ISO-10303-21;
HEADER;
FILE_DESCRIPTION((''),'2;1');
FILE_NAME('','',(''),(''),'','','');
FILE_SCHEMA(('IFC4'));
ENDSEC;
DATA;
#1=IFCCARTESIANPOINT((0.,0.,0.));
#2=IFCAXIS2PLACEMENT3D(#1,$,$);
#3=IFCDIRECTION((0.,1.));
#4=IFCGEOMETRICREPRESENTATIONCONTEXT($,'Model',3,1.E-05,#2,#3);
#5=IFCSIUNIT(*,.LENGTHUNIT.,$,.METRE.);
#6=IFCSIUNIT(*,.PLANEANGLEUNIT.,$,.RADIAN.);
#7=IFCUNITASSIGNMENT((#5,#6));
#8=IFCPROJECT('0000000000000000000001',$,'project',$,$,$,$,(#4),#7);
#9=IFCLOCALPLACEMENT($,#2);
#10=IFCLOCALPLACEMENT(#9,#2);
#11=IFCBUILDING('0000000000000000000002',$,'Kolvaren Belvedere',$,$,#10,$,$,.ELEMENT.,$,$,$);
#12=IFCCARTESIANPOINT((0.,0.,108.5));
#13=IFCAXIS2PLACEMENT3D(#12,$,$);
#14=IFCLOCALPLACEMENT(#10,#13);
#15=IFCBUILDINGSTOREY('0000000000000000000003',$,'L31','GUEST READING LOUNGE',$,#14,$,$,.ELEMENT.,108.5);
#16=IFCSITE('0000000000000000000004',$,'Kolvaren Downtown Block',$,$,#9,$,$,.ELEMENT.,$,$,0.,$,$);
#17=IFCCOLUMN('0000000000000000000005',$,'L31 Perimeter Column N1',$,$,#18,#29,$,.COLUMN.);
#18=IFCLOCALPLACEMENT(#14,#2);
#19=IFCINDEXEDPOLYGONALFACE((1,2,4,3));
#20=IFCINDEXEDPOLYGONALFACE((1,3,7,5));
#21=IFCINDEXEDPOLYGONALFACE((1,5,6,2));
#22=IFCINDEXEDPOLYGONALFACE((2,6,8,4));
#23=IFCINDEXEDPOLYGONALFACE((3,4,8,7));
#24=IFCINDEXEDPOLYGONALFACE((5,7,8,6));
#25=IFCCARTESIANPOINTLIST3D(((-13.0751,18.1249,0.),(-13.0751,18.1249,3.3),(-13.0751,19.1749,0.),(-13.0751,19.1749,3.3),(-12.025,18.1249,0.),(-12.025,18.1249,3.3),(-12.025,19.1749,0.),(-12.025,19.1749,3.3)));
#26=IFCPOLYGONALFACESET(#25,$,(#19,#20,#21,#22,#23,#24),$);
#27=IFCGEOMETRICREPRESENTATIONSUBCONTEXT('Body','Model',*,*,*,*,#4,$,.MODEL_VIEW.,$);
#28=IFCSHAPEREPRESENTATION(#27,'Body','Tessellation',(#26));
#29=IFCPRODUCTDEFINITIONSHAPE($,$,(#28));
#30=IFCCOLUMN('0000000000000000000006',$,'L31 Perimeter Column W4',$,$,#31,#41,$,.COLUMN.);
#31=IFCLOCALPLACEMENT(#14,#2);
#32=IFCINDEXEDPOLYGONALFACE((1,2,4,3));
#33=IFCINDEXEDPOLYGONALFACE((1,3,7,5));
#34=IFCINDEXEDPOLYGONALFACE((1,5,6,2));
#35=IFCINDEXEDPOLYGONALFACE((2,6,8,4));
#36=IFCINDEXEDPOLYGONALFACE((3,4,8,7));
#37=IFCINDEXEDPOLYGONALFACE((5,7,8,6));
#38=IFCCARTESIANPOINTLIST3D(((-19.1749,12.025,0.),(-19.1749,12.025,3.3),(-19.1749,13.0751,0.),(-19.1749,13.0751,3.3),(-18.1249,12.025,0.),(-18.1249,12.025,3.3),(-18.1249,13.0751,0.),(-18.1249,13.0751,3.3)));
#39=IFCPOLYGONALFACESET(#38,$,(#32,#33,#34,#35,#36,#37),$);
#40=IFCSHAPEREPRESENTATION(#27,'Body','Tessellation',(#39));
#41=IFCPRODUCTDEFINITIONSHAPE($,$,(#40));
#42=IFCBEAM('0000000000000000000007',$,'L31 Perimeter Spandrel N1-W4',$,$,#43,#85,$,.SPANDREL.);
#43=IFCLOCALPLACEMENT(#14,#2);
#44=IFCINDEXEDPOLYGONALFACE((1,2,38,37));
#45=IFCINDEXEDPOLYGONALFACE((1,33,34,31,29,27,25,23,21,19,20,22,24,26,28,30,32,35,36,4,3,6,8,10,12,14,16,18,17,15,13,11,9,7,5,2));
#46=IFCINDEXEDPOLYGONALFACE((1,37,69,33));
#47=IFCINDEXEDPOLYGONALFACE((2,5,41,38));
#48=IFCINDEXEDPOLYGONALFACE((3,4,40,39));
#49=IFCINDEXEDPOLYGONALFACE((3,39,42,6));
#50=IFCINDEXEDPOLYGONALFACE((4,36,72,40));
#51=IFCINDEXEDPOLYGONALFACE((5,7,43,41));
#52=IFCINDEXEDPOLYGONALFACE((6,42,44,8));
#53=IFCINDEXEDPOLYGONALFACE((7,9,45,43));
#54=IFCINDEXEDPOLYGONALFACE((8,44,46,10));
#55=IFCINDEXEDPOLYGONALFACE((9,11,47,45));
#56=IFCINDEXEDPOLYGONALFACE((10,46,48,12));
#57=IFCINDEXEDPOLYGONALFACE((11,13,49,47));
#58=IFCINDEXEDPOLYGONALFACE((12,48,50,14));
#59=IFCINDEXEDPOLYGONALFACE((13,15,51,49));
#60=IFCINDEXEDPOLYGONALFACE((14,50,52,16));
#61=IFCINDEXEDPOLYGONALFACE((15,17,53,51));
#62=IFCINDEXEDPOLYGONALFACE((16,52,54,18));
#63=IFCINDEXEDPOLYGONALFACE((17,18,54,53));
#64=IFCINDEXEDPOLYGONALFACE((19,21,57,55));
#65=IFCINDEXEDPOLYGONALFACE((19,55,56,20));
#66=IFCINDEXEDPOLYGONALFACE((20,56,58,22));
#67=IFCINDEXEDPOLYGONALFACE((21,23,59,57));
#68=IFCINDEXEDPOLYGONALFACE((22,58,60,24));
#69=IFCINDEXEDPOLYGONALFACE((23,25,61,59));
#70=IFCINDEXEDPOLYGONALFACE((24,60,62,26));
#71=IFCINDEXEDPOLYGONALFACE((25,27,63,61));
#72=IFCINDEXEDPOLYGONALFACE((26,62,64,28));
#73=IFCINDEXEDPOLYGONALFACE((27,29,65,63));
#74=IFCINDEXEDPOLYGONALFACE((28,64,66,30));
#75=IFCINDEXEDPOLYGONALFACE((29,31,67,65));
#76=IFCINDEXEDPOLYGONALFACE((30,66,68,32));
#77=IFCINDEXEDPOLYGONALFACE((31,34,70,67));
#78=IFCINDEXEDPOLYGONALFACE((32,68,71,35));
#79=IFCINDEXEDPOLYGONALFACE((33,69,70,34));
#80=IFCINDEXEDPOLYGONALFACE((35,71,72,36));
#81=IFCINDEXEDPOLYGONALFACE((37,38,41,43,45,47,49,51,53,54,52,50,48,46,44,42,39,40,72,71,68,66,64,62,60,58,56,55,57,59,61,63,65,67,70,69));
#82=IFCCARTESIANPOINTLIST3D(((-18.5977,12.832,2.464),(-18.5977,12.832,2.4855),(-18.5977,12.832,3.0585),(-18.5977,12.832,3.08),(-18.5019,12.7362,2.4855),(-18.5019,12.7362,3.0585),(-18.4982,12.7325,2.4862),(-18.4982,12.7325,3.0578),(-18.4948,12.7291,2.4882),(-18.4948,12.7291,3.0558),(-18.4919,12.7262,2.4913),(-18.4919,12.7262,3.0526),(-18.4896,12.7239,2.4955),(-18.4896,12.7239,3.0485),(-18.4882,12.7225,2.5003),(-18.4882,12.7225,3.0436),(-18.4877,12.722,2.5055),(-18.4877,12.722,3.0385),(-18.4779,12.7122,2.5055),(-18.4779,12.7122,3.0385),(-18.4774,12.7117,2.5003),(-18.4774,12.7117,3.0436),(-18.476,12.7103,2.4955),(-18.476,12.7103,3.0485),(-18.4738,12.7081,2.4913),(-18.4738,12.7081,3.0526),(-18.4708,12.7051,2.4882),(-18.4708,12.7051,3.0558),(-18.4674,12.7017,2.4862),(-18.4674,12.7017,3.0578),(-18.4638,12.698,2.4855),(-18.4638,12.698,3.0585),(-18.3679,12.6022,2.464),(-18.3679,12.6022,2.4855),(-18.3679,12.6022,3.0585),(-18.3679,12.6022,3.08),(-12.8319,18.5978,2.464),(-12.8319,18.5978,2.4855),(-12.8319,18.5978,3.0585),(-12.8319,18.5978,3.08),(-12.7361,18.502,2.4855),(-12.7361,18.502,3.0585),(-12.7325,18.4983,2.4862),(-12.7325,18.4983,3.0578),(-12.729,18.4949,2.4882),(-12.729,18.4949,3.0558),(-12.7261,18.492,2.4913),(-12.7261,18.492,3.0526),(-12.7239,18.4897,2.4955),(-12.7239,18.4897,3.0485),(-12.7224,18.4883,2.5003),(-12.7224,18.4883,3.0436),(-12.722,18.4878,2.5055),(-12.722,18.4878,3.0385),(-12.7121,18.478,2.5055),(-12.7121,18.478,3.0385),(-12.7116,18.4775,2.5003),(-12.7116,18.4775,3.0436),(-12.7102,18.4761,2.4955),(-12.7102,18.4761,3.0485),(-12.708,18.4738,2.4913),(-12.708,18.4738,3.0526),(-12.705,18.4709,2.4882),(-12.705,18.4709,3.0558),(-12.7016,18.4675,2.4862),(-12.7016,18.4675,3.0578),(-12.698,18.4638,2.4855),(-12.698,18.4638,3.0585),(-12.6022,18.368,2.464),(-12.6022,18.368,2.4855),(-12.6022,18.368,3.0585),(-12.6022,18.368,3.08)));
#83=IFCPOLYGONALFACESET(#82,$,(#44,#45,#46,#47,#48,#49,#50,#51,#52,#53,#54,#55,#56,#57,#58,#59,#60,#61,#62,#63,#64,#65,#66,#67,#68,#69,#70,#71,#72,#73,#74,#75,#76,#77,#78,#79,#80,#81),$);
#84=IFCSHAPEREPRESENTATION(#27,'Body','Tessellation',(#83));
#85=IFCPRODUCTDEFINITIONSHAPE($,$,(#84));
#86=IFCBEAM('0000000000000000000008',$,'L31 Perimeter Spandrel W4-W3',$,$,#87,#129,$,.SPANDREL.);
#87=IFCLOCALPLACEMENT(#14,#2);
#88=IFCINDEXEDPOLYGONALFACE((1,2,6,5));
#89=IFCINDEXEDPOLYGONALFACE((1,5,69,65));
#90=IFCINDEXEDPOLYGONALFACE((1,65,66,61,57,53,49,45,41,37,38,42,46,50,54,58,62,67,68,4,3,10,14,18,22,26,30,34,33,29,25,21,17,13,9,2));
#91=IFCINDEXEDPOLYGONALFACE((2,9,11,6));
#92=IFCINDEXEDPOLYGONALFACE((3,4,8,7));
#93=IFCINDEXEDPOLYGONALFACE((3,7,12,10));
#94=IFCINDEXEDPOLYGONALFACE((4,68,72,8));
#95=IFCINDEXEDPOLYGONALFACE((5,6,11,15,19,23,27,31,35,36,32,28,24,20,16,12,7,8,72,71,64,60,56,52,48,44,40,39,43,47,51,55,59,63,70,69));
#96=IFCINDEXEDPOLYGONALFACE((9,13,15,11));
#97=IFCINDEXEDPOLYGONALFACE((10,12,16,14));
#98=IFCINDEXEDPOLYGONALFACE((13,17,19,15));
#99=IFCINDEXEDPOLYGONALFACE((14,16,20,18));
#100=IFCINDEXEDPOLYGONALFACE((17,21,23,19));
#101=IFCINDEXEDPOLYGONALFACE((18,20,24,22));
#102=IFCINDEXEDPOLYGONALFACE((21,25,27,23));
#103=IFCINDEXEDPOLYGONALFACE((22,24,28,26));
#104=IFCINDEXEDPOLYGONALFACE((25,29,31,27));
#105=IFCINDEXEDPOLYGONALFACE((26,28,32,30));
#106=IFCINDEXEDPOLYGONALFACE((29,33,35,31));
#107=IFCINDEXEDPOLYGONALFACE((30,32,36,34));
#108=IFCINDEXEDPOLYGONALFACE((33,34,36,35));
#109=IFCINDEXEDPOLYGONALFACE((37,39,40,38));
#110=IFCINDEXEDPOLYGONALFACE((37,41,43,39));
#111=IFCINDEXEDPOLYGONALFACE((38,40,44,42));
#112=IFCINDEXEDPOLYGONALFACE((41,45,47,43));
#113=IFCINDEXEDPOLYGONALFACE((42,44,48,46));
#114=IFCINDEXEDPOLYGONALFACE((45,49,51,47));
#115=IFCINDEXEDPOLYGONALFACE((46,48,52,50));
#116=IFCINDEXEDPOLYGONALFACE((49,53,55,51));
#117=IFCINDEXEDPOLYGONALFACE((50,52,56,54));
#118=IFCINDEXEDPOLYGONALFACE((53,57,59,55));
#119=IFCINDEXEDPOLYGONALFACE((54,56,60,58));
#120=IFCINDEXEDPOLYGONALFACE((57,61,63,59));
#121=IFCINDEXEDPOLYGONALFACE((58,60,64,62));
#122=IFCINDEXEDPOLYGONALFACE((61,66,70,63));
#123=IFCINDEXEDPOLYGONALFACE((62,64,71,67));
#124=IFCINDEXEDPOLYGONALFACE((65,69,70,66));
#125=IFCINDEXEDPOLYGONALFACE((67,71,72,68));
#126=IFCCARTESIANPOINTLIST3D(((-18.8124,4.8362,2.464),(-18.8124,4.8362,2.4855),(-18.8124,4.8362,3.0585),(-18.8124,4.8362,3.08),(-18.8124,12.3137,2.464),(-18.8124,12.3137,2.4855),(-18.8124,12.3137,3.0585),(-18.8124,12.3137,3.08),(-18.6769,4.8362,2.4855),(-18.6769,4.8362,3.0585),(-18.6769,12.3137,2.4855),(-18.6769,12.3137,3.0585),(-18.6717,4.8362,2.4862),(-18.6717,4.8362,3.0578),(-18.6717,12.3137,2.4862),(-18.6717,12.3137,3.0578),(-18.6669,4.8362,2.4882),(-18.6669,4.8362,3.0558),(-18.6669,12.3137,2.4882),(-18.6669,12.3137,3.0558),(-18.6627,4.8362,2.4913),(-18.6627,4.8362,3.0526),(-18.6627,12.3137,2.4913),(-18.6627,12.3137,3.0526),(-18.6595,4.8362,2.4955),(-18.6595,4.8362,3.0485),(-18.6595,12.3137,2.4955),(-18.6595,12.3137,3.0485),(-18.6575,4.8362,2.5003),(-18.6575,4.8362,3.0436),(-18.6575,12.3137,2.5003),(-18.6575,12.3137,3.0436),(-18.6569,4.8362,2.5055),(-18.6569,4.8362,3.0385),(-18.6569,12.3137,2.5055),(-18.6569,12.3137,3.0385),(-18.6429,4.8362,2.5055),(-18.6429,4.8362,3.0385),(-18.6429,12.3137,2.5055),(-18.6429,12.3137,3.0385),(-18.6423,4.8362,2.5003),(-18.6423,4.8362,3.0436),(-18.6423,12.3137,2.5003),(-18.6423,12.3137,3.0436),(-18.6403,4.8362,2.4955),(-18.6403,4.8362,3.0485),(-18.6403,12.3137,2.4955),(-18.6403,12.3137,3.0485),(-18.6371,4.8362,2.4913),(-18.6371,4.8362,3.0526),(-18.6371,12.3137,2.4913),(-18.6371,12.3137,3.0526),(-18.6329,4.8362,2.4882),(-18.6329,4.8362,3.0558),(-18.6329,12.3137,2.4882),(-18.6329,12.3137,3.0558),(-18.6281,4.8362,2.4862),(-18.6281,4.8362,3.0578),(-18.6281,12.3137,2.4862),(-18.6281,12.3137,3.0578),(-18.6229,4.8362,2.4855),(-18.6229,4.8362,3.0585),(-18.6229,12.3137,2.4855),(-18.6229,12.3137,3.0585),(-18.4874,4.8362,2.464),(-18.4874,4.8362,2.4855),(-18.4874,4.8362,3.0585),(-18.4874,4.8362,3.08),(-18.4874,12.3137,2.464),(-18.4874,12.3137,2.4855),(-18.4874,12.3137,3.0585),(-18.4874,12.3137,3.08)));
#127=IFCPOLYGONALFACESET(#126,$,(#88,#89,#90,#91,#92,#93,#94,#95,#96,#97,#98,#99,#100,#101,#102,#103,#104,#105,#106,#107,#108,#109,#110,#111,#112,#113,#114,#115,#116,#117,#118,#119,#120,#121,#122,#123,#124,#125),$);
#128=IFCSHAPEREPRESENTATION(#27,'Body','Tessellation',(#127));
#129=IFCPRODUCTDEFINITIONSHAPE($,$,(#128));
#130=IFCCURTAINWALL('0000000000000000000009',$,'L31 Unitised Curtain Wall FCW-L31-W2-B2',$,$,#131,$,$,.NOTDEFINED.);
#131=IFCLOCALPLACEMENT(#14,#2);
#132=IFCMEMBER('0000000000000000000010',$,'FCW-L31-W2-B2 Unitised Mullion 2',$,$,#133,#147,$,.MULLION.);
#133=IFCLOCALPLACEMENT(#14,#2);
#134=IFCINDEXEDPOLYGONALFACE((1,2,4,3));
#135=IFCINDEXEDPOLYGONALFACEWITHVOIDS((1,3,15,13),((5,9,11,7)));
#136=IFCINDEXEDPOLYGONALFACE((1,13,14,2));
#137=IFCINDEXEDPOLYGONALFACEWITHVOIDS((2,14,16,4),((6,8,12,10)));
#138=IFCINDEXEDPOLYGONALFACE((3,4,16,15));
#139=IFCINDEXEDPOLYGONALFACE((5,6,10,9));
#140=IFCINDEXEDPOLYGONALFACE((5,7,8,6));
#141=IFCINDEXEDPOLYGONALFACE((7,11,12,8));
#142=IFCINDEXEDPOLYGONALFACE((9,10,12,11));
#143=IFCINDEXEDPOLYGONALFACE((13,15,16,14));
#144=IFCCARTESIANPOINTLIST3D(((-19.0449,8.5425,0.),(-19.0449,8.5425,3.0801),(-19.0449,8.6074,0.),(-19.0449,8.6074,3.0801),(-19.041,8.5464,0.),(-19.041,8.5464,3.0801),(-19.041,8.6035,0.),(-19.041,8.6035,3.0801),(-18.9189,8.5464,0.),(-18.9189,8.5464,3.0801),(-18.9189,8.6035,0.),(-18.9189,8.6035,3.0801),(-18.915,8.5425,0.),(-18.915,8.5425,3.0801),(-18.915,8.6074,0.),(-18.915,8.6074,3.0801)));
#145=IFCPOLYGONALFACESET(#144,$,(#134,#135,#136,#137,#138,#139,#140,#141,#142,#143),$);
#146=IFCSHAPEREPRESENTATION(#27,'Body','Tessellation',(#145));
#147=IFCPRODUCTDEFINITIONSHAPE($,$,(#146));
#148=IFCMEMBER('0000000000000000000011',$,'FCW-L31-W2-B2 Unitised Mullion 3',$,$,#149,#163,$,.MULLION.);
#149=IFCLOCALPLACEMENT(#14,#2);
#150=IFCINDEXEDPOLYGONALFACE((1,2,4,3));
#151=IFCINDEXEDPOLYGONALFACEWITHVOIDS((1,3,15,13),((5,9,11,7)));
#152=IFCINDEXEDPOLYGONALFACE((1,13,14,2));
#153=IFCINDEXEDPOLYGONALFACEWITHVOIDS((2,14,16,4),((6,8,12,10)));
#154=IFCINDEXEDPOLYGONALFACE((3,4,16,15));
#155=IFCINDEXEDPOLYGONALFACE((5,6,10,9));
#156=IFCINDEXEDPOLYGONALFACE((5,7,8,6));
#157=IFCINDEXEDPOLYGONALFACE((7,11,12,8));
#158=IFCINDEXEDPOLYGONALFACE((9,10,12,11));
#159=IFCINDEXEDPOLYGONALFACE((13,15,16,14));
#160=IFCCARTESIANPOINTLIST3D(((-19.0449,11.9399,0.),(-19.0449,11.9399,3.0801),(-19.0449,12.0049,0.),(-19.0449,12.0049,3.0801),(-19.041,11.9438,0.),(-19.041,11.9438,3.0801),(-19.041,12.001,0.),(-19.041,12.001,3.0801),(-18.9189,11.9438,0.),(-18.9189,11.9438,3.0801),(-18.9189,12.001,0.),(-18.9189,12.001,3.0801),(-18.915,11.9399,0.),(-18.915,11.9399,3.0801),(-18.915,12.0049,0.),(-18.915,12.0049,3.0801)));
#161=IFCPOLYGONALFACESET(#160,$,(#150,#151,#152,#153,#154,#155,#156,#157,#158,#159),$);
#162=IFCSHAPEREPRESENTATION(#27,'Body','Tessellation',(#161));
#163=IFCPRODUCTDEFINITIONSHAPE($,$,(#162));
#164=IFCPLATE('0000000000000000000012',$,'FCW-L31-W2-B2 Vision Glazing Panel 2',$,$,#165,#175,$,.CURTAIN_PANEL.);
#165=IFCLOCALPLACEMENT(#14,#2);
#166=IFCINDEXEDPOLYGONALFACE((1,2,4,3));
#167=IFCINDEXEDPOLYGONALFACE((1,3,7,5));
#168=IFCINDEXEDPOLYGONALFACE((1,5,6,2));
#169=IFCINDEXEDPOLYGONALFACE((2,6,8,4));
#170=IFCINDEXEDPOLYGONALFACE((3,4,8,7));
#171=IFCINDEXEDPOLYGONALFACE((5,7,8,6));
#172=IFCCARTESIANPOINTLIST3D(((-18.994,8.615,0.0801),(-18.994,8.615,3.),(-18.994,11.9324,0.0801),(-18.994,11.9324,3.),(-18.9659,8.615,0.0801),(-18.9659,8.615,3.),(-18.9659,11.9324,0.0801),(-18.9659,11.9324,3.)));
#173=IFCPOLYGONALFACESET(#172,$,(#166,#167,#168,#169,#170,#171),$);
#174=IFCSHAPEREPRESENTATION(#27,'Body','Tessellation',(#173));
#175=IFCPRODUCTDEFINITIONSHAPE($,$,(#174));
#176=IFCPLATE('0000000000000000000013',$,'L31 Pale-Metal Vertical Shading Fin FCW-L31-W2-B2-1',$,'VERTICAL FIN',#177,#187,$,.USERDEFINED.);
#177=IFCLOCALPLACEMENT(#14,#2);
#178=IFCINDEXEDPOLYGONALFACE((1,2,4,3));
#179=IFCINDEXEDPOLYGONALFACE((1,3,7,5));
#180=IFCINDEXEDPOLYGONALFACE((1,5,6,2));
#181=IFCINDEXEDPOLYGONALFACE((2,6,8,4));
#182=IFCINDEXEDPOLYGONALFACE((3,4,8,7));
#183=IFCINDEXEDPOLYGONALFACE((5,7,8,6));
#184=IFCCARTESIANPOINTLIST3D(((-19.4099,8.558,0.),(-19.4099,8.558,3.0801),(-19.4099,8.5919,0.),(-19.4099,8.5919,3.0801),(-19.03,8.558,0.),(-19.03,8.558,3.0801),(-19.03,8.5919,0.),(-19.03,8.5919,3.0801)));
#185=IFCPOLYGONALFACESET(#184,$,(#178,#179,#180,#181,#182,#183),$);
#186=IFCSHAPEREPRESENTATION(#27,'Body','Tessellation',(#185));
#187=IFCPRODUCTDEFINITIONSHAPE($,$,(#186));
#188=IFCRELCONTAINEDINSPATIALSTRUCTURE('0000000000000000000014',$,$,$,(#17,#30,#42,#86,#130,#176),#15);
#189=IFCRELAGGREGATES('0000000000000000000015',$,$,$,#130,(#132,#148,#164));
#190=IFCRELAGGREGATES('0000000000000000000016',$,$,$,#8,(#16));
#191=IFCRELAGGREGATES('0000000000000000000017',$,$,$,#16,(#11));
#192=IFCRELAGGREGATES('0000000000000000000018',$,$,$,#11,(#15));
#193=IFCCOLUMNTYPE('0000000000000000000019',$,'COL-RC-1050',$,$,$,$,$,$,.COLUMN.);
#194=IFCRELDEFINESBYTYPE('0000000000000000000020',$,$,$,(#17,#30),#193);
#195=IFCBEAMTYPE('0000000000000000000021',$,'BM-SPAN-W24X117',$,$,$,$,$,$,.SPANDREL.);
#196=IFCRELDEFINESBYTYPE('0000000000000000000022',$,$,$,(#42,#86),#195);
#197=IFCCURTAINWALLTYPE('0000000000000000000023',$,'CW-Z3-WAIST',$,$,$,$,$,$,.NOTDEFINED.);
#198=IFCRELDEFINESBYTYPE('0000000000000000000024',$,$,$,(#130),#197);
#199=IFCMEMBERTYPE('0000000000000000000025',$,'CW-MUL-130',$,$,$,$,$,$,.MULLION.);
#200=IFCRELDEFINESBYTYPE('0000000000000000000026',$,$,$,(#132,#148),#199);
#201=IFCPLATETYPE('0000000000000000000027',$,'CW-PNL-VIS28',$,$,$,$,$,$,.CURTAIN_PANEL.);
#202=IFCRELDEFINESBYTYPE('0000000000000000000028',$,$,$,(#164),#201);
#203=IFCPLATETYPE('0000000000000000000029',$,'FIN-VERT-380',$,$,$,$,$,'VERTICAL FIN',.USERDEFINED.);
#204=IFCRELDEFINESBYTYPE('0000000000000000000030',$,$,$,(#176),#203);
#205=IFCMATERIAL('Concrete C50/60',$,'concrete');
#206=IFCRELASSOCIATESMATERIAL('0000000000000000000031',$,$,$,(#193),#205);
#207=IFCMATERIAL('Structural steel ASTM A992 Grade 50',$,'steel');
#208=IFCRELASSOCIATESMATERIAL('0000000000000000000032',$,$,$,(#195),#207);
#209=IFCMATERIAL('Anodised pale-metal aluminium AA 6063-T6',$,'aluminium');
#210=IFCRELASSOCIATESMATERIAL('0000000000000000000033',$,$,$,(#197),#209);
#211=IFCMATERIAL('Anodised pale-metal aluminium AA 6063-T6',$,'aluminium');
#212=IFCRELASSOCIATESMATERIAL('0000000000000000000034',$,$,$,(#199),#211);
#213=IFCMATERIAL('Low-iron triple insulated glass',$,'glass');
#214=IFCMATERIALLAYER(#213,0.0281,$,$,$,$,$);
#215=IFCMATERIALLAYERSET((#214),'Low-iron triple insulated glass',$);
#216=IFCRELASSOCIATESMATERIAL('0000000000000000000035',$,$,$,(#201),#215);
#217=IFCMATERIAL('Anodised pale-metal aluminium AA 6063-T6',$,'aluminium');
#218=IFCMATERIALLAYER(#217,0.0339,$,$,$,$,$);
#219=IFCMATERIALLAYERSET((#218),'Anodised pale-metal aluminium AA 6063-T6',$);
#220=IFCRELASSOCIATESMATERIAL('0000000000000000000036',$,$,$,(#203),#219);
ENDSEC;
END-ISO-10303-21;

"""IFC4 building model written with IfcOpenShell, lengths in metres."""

from ifc_helpers import new_model, si_unit, direction, frame, origin, origin_2d, place, context, subcontext, project, spatial, rectangle, hollow_rectangle, i_section, extrude, material, layer, layer_set, material_profile, profile_set, type_object, element, aggregate, save


model = new_model("IFC4")

# Units and contexts
model_context = context("Model", 3, precision=1e-05, world=origin(), true_north=direction((0.0, 1.0)))
body_context = subcontext(model_context, "Body", "Model", "MODEL_VIEW")
ifc_project = project(units=[si_unit("LENGTHUNIT", "METRE"), si_unit("PLANEANGLEUNIT", "RADIAN")], contexts=[model_context])

# Site, building, storey
site_placement = place(None, origin())
site = spatial("IfcSite", under=ifc_project, at=site_placement, Name="Kolvaren Downtown Block", CompositionType="ELEMENT", RefElevation=0.0)
building_placement = place(site_placement, origin())
building = spatial("IfcBuilding", under=site, at=building_placement, Name="Kolvaren Belvedere", CompositionType="ELEMENT")
storey_placement = place(building_placement, frame((0.0, 0.0, 108.5)))
storey = spatial("IfcBuildingStorey", under=building, at=storey_placement, Name="L31", Description="GUEST READING LOUNGE", CompositionType="ELEMENT", Elevation=108.5)

# Columns
ifc_material_1 = material(Name="Concrete C50/60", Category="concrete")
ifc_material_profile_1 = material_profile(ifc_material_1, rectangle(XDim=1.05, YDim=1.05, at=origin_2d()), Name="RC 1050X1050")
ifc_profile_set_1 = profile_set([ifc_material_profile_1], Name="Concrete C50/60")
column_type = type_object("IfcColumnType", Name="COL-RC-1050", PredefinedType="COLUMN", material=ifc_profile_set_1)
for number, where, z_axis, x_axis, name in (
    (1, (-12.55, 18.6499, 0.0), (0.0, 0.0, 1.0), (1.0, 0.0, 0.0), "L31 Perimeter Column N1"),
    (2, (-18.6499, 12.55, 0.0), (0.0, 0.0, 1.0), (1.0, 0.0, 0.0), "L31 Perimeter Column W4"),
):
    element("IfcColumn", number, at=place(storey_placement, frame(where, z_axis=z_axis, x_axis=x_axis)), inside=storey, type_object=column_type, Name=name, PredefinedType="COLUMN", context=body_context, shape_type="SweptSolid", body=[
        extrude(rectangle(XDim=1.05, YDim=1.05, at=origin_2d()), origin(), (0.0, 0.0, 1.0), 3.3),
    ])

# Beams
ifc_material_2 = material(Name="Structural steel ASTM A992 Grade 50", Category="steel")
ifc_material_profile_2 = material_profile(ifc_material_2, i_section(OverallWidth=0.325, OverallDepth=0.616, WebThickness=0.0139, FlangeThickness=0.0215, FilletRadius=0.02, at=origin_2d()), Name="W24X117")
ifc_profile_set_2 = profile_set([ifc_material_profile_2], Name="Structural steel ASTM A992 Grade 50")
beam_type = type_object("IfcBeamType", Name="BM-SPAN-W24X117", PredefinedType="SPANDREL", material=ifc_profile_set_2)
beam_1_placement = place(storey_placement, frame((-12.717, 18.4829, 2.772), z_axis=(-0.707107, -0.707107, 0.0), x_axis=(0.707107, -0.707107, 0.0)))
element("IfcBeam", 3, at=beam_1_placement, inside=storey, type_object=beam_type, Name="L31 Perimeter Spandrel N1-W4", PredefinedType="SPANDREL", context=body_context, shape_type="SweptSolid", body=[
    extrude(i_section(OverallWidth=0.325, OverallDepth=0.616, WebThickness=0.0139, FlangeThickness=0.0215, FilletRadius=0.02, at=origin_2d()), origin(), (0.0, 0.0, 1.0), 8.1541),
])
beam_2_placement = place(storey_placement, frame((-18.6499, 12.3137, 2.772), z_axis=(0.0, -1.0, 0.0), x_axis=(1.0, 0.0, 0.0)))
element("IfcBeam", 4, at=beam_2_placement, inside=storey, type_object=beam_type, Name="L31 Perimeter Spandrel W4-W3", PredefinedType="SPANDREL", context=body_context, shape_type="SweptSolid", body=[
    extrude(i_section(OverallWidth=0.325, OverallDepth=0.616, WebThickness=0.0139, FlangeThickness=0.0215, FilletRadius=0.02, at=origin_2d()), origin(), (0.0, 0.0, 1.0), 7.4775),
])

# Curtain wall, members, plate
ifc_material_3 = material(Name="Anodised pale-metal aluminium AA 6063-T6", Category="aluminium")
curtain_wall_type = type_object("IfcCurtainWallType", Name="CW-Z3-WAIST", PredefinedType="NOTDEFINED", material=ifc_material_3)
curtain_wall_placement = place(storey_placement, origin())
curtain_wall = element("IfcCurtainWall", 5, at=curtain_wall_placement, inside=storey, type_object=curtain_wall_type, Name="L31 Unitised Curtain Wall FCW-L31-W2-B2", PredefinedType="NOTDEFINED")
ifc_material_4 = material(Name="Anodised pale-metal aluminium AA 6063-T6", Category="aluminium")
ifc_material_profile_3 = material_profile(ifc_material_4, hollow_rectangle(XDim=0.0649, YDim=0.1299, WallThickness=0.0039, at=origin_2d()), Name="ALU-MUL-130X65")
ifc_profile_set_3 = profile_set([ifc_material_profile_3], Name="Anodised pale-metal aluminium AA 6063-T6")
member_type = type_object("IfcMemberType", Name="CW-MUL-130", PredefinedType="MULLION", material=ifc_profile_set_3)
member_1_placement = place(storey_placement, frame((-18.98, 8.575, 0.0), z_axis=(0.0, 0.0, 1.0), x_axis=(0.0, 1.0, 0.0)))
member_1 = element("IfcMember", 6, at=member_1_placement, type_object=member_type, Name="FCW-L31-W2-B2 Unitised Mullion 2", PredefinedType="MULLION", context=body_context, shape_type="SweptSolid", body=[
    extrude(hollow_rectangle(XDim=0.0649, YDim=0.1299, WallThickness=0.0039, at=origin_2d()), origin(), (0.0, 0.0, 1.0), 3.0801),
])
member_2_placement = place(storey_placement, frame((-18.98, 11.9724, 0.0), z_axis=(0.0, 0.0, 1.0), x_axis=(0.0, 1.0, 0.0)))
member_2 = element("IfcMember", 7, at=member_2_placement, type_object=member_type, Name="FCW-L31-W2-B2 Unitised Mullion 3", PredefinedType="MULLION", context=body_context, shape_type="SweptSolid", body=[
    extrude(hollow_rectangle(XDim=0.0649, YDim=0.1299, WallThickness=0.0039, at=origin_2d()), origin(), (0.0, 0.0, 1.0), 3.0801),
])
ifc_material_5 = material(Name="Low-iron triple insulated glass", Category="glass")
ifc_layer_1 = layer(ifc_material_5, 0.0281)
ifc_layer_set_1 = layer_set([ifc_layer_1], Name="Low-iron triple insulated glass")
plate_type_1 = type_object("IfcPlateType", Name="CW-PNL-VIS28", PredefinedType="CURTAIN_PANEL", material=ifc_layer_set_1)
plate_1_placement = place(storey_placement, frame((-18.98, 10.2737, 0.0801), z_axis=(0.0, 0.0, 1.0), x_axis=(0.0, 1.0, 0.0)))
plate_1 = element("IfcPlate", 8, at=plate_1_placement, type_object=plate_type_1, Name="FCW-L31-W2-B2 Vision Glazing Panel 2", PredefinedType="CURTAIN_PANEL", context=body_context, shape_type="SweptSolid", body=[
    extrude(rectangle(XDim=3.3174, YDim=0.0281, at=origin_2d()), origin(), (0.0, 0.0, 1.0), 2.9199),
])
aggregate(curtain_wall, [member_1, member_2, plate_1])

# Plate
ifc_material_6 = material(Name="Anodised pale-metal aluminium AA 6063-T6", Category="aluminium")
ifc_layer_2 = layer(ifc_material_6, 0.0339)
ifc_layer_set_2 = layer_set([ifc_layer_2], Name="Anodised pale-metal aluminium AA 6063-T6")
plate_type_2 = type_object("IfcPlateType", Name="FIN-VERT-380", ElementType="VERTICAL FIN", PredefinedType="USERDEFINED", material=ifc_layer_set_2)
plate_2_placement = place(storey_placement, frame((-19.22, 8.575, 0.0), z_axis=(0.0, 0.0, 1.0), x_axis=(1.0, 0.0, 0.0)))
element("IfcPlate", 9, at=plate_2_placement, inside=storey, type_object=plate_type_2, Name="L31 Pale-Metal Vertical Shading Fin FCW-L31-W2-B2-1", ObjectType="VERTICAL FIN", PredefinedType="USERDEFINED", context=body_context, shape_type="SweptSolid", body=[
    extrude(rectangle(XDim=0.3799, YDim=0.0339, at=origin_2d()), origin(), (0.0, 0.0, 1.0), 3.0801),
])

save(model, "model.ifc")
